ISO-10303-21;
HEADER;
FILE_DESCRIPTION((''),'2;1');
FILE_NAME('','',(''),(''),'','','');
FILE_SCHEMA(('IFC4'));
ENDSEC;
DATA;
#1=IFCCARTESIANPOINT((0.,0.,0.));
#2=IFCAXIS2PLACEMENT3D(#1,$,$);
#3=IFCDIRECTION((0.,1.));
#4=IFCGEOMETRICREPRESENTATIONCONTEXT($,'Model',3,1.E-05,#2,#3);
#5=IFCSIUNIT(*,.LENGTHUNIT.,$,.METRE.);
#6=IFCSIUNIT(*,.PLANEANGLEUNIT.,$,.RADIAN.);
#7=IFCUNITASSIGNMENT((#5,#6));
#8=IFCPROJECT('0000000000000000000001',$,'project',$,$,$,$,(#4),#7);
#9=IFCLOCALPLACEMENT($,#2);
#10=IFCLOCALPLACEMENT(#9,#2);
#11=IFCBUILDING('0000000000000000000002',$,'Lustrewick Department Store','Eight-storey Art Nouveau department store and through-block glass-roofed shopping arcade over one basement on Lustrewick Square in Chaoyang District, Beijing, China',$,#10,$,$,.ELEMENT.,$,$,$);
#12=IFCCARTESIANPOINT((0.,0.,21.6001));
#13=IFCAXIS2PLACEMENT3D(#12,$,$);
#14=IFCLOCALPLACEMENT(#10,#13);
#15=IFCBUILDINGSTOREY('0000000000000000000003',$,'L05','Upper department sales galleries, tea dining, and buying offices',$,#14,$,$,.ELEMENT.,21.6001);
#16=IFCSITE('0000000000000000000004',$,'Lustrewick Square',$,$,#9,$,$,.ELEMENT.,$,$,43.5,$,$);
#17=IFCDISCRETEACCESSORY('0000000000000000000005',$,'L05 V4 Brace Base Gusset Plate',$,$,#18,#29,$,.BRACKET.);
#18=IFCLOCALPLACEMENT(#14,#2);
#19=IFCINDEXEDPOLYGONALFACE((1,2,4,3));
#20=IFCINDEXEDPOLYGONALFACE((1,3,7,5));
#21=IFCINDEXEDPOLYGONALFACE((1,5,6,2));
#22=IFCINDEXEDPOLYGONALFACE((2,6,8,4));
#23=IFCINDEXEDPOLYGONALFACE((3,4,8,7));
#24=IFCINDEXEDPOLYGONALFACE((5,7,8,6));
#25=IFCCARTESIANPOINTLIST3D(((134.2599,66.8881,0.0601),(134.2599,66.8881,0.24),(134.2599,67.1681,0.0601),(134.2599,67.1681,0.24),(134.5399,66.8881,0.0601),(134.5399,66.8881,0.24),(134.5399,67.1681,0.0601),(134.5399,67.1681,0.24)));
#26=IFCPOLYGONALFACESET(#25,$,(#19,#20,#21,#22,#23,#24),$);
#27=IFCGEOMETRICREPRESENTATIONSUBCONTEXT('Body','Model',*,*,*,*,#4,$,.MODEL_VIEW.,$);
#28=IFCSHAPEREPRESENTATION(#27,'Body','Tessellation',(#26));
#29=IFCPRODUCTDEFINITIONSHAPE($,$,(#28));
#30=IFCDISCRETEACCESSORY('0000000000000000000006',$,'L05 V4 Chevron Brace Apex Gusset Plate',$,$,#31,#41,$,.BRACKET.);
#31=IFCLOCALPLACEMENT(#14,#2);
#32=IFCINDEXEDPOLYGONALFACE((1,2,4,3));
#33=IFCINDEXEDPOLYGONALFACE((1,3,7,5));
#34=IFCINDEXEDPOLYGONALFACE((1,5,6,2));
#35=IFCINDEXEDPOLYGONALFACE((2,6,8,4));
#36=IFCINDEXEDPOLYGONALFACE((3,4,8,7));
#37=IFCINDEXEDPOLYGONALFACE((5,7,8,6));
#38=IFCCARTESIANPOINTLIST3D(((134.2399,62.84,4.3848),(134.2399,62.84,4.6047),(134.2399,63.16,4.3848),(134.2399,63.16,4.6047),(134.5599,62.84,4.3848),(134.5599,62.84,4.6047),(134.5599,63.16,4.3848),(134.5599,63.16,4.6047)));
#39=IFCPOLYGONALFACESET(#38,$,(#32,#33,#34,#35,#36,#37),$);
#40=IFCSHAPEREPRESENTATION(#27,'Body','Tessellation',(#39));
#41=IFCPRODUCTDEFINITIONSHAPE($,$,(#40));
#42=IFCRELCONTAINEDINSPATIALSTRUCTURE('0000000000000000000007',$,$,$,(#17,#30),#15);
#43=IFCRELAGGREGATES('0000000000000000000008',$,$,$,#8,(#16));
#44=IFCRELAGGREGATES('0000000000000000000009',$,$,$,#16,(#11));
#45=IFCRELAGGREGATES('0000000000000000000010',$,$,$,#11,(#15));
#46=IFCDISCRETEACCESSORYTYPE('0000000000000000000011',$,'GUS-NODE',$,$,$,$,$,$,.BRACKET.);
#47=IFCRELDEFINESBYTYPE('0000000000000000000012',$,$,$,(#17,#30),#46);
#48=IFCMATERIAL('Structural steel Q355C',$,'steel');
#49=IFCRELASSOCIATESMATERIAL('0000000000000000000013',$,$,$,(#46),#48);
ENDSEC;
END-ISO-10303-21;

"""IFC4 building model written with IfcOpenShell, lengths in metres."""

from ifc_helpers import new_model, si_unit, direction, frame, origin, origin_2d, place, context, subcontext, project, spatial, rectangle, extrude, material, type_object, element, save


model = new_model("IFC4")

# Units and contexts
model_context = context("Model", 3, precision=1e-05, world=origin(), true_north=direction((0.0, 1.0)))
body_context = subcontext(model_context, "Body", "Model", "MODEL_VIEW")
ifc_project = project(units=[si_unit("LENGTHUNIT", "METRE"), si_unit("PLANEANGLEUNIT", "RADIAN")], contexts=[model_context])

# Site, building, storey
site_placement = place(None, origin())
site = spatial("IfcSite", under=ifc_project, at=site_placement, Name="Lustrewick Square", CompositionType="ELEMENT", RefElevation=43.5)
building_placement = place(site_placement, origin())
building = spatial("IfcBuilding", under=site, at=building_placement, Name="Lustrewick Department Store", Description="Eight-storey Art Nouveau department store and through-block glass-roofed shopping arcade over one basement on Lustrewick Square in Chaoyang District, Beijing, China", CompositionType="ELEMENT")
storey_placement = place(building_placement, frame((0.0, 0.0, 21.6001)))
storey = spatial("IfcBuildingStorey", under=building, at=storey_placement, Name="L05", Description="Upper department sales galleries, tea dining, and buying offices", CompositionType="ELEMENT", Elevation=21.6001)

# Shared definitions
ifc_material_1 = material(Name="Structural steel Q355C", Category="steel")

# Discrete accessories
discrete_accessory_type = type_object("IfcDiscreteAccessoryType", Name="GUS-NODE", PredefinedType="BRACKET", material=ifc_material_1)
for number, where, z_axis, x_axis, name in (
    (1, (134.3999, 67.0281, 0.0601), (0.0, 0.0, 1.0), (1.0, 0.0, 0.0), "L05 V4 Brace Base Gusset Plate"),
):
    element("IfcDiscreteAccessory", number, at=place(storey_placement, frame(where, z_axis=z_axis, x_axis=x_axis)), inside=storey, type_object=discrete_accessory_type, Name=name, PredefinedType="BRACKET", context=body_context, shape_type="SweptSolid", body=[
        extrude(rectangle(XDim=0.28, YDim=0.28, at=origin_2d()), origin(), (0.0, 0.0, 1.0), 0.1799),
    ])
discrete_accessory_placement = place(storey_placement, frame((134.3999, 63.0, 4.3848), z_axis=(0.0, 0.0, 1.0), x_axis=(1.0, 0.0, 0.0)))
element("IfcDiscreteAccessory", 2, at=discrete_accessory_placement, inside=storey, type_object=discrete_accessory_type, Name="L05 V4 Chevron Brace Apex Gusset Plate", PredefinedType="BRACKET", context=body_context, shape_type="SweptSolid", body=[
    extrude(rectangle(XDim=0.3201, YDim=0.3201, at=origin_2d()), origin(), (0.0, 0.0, 1.0), 0.22),
])

save(model, "model.ifc")
